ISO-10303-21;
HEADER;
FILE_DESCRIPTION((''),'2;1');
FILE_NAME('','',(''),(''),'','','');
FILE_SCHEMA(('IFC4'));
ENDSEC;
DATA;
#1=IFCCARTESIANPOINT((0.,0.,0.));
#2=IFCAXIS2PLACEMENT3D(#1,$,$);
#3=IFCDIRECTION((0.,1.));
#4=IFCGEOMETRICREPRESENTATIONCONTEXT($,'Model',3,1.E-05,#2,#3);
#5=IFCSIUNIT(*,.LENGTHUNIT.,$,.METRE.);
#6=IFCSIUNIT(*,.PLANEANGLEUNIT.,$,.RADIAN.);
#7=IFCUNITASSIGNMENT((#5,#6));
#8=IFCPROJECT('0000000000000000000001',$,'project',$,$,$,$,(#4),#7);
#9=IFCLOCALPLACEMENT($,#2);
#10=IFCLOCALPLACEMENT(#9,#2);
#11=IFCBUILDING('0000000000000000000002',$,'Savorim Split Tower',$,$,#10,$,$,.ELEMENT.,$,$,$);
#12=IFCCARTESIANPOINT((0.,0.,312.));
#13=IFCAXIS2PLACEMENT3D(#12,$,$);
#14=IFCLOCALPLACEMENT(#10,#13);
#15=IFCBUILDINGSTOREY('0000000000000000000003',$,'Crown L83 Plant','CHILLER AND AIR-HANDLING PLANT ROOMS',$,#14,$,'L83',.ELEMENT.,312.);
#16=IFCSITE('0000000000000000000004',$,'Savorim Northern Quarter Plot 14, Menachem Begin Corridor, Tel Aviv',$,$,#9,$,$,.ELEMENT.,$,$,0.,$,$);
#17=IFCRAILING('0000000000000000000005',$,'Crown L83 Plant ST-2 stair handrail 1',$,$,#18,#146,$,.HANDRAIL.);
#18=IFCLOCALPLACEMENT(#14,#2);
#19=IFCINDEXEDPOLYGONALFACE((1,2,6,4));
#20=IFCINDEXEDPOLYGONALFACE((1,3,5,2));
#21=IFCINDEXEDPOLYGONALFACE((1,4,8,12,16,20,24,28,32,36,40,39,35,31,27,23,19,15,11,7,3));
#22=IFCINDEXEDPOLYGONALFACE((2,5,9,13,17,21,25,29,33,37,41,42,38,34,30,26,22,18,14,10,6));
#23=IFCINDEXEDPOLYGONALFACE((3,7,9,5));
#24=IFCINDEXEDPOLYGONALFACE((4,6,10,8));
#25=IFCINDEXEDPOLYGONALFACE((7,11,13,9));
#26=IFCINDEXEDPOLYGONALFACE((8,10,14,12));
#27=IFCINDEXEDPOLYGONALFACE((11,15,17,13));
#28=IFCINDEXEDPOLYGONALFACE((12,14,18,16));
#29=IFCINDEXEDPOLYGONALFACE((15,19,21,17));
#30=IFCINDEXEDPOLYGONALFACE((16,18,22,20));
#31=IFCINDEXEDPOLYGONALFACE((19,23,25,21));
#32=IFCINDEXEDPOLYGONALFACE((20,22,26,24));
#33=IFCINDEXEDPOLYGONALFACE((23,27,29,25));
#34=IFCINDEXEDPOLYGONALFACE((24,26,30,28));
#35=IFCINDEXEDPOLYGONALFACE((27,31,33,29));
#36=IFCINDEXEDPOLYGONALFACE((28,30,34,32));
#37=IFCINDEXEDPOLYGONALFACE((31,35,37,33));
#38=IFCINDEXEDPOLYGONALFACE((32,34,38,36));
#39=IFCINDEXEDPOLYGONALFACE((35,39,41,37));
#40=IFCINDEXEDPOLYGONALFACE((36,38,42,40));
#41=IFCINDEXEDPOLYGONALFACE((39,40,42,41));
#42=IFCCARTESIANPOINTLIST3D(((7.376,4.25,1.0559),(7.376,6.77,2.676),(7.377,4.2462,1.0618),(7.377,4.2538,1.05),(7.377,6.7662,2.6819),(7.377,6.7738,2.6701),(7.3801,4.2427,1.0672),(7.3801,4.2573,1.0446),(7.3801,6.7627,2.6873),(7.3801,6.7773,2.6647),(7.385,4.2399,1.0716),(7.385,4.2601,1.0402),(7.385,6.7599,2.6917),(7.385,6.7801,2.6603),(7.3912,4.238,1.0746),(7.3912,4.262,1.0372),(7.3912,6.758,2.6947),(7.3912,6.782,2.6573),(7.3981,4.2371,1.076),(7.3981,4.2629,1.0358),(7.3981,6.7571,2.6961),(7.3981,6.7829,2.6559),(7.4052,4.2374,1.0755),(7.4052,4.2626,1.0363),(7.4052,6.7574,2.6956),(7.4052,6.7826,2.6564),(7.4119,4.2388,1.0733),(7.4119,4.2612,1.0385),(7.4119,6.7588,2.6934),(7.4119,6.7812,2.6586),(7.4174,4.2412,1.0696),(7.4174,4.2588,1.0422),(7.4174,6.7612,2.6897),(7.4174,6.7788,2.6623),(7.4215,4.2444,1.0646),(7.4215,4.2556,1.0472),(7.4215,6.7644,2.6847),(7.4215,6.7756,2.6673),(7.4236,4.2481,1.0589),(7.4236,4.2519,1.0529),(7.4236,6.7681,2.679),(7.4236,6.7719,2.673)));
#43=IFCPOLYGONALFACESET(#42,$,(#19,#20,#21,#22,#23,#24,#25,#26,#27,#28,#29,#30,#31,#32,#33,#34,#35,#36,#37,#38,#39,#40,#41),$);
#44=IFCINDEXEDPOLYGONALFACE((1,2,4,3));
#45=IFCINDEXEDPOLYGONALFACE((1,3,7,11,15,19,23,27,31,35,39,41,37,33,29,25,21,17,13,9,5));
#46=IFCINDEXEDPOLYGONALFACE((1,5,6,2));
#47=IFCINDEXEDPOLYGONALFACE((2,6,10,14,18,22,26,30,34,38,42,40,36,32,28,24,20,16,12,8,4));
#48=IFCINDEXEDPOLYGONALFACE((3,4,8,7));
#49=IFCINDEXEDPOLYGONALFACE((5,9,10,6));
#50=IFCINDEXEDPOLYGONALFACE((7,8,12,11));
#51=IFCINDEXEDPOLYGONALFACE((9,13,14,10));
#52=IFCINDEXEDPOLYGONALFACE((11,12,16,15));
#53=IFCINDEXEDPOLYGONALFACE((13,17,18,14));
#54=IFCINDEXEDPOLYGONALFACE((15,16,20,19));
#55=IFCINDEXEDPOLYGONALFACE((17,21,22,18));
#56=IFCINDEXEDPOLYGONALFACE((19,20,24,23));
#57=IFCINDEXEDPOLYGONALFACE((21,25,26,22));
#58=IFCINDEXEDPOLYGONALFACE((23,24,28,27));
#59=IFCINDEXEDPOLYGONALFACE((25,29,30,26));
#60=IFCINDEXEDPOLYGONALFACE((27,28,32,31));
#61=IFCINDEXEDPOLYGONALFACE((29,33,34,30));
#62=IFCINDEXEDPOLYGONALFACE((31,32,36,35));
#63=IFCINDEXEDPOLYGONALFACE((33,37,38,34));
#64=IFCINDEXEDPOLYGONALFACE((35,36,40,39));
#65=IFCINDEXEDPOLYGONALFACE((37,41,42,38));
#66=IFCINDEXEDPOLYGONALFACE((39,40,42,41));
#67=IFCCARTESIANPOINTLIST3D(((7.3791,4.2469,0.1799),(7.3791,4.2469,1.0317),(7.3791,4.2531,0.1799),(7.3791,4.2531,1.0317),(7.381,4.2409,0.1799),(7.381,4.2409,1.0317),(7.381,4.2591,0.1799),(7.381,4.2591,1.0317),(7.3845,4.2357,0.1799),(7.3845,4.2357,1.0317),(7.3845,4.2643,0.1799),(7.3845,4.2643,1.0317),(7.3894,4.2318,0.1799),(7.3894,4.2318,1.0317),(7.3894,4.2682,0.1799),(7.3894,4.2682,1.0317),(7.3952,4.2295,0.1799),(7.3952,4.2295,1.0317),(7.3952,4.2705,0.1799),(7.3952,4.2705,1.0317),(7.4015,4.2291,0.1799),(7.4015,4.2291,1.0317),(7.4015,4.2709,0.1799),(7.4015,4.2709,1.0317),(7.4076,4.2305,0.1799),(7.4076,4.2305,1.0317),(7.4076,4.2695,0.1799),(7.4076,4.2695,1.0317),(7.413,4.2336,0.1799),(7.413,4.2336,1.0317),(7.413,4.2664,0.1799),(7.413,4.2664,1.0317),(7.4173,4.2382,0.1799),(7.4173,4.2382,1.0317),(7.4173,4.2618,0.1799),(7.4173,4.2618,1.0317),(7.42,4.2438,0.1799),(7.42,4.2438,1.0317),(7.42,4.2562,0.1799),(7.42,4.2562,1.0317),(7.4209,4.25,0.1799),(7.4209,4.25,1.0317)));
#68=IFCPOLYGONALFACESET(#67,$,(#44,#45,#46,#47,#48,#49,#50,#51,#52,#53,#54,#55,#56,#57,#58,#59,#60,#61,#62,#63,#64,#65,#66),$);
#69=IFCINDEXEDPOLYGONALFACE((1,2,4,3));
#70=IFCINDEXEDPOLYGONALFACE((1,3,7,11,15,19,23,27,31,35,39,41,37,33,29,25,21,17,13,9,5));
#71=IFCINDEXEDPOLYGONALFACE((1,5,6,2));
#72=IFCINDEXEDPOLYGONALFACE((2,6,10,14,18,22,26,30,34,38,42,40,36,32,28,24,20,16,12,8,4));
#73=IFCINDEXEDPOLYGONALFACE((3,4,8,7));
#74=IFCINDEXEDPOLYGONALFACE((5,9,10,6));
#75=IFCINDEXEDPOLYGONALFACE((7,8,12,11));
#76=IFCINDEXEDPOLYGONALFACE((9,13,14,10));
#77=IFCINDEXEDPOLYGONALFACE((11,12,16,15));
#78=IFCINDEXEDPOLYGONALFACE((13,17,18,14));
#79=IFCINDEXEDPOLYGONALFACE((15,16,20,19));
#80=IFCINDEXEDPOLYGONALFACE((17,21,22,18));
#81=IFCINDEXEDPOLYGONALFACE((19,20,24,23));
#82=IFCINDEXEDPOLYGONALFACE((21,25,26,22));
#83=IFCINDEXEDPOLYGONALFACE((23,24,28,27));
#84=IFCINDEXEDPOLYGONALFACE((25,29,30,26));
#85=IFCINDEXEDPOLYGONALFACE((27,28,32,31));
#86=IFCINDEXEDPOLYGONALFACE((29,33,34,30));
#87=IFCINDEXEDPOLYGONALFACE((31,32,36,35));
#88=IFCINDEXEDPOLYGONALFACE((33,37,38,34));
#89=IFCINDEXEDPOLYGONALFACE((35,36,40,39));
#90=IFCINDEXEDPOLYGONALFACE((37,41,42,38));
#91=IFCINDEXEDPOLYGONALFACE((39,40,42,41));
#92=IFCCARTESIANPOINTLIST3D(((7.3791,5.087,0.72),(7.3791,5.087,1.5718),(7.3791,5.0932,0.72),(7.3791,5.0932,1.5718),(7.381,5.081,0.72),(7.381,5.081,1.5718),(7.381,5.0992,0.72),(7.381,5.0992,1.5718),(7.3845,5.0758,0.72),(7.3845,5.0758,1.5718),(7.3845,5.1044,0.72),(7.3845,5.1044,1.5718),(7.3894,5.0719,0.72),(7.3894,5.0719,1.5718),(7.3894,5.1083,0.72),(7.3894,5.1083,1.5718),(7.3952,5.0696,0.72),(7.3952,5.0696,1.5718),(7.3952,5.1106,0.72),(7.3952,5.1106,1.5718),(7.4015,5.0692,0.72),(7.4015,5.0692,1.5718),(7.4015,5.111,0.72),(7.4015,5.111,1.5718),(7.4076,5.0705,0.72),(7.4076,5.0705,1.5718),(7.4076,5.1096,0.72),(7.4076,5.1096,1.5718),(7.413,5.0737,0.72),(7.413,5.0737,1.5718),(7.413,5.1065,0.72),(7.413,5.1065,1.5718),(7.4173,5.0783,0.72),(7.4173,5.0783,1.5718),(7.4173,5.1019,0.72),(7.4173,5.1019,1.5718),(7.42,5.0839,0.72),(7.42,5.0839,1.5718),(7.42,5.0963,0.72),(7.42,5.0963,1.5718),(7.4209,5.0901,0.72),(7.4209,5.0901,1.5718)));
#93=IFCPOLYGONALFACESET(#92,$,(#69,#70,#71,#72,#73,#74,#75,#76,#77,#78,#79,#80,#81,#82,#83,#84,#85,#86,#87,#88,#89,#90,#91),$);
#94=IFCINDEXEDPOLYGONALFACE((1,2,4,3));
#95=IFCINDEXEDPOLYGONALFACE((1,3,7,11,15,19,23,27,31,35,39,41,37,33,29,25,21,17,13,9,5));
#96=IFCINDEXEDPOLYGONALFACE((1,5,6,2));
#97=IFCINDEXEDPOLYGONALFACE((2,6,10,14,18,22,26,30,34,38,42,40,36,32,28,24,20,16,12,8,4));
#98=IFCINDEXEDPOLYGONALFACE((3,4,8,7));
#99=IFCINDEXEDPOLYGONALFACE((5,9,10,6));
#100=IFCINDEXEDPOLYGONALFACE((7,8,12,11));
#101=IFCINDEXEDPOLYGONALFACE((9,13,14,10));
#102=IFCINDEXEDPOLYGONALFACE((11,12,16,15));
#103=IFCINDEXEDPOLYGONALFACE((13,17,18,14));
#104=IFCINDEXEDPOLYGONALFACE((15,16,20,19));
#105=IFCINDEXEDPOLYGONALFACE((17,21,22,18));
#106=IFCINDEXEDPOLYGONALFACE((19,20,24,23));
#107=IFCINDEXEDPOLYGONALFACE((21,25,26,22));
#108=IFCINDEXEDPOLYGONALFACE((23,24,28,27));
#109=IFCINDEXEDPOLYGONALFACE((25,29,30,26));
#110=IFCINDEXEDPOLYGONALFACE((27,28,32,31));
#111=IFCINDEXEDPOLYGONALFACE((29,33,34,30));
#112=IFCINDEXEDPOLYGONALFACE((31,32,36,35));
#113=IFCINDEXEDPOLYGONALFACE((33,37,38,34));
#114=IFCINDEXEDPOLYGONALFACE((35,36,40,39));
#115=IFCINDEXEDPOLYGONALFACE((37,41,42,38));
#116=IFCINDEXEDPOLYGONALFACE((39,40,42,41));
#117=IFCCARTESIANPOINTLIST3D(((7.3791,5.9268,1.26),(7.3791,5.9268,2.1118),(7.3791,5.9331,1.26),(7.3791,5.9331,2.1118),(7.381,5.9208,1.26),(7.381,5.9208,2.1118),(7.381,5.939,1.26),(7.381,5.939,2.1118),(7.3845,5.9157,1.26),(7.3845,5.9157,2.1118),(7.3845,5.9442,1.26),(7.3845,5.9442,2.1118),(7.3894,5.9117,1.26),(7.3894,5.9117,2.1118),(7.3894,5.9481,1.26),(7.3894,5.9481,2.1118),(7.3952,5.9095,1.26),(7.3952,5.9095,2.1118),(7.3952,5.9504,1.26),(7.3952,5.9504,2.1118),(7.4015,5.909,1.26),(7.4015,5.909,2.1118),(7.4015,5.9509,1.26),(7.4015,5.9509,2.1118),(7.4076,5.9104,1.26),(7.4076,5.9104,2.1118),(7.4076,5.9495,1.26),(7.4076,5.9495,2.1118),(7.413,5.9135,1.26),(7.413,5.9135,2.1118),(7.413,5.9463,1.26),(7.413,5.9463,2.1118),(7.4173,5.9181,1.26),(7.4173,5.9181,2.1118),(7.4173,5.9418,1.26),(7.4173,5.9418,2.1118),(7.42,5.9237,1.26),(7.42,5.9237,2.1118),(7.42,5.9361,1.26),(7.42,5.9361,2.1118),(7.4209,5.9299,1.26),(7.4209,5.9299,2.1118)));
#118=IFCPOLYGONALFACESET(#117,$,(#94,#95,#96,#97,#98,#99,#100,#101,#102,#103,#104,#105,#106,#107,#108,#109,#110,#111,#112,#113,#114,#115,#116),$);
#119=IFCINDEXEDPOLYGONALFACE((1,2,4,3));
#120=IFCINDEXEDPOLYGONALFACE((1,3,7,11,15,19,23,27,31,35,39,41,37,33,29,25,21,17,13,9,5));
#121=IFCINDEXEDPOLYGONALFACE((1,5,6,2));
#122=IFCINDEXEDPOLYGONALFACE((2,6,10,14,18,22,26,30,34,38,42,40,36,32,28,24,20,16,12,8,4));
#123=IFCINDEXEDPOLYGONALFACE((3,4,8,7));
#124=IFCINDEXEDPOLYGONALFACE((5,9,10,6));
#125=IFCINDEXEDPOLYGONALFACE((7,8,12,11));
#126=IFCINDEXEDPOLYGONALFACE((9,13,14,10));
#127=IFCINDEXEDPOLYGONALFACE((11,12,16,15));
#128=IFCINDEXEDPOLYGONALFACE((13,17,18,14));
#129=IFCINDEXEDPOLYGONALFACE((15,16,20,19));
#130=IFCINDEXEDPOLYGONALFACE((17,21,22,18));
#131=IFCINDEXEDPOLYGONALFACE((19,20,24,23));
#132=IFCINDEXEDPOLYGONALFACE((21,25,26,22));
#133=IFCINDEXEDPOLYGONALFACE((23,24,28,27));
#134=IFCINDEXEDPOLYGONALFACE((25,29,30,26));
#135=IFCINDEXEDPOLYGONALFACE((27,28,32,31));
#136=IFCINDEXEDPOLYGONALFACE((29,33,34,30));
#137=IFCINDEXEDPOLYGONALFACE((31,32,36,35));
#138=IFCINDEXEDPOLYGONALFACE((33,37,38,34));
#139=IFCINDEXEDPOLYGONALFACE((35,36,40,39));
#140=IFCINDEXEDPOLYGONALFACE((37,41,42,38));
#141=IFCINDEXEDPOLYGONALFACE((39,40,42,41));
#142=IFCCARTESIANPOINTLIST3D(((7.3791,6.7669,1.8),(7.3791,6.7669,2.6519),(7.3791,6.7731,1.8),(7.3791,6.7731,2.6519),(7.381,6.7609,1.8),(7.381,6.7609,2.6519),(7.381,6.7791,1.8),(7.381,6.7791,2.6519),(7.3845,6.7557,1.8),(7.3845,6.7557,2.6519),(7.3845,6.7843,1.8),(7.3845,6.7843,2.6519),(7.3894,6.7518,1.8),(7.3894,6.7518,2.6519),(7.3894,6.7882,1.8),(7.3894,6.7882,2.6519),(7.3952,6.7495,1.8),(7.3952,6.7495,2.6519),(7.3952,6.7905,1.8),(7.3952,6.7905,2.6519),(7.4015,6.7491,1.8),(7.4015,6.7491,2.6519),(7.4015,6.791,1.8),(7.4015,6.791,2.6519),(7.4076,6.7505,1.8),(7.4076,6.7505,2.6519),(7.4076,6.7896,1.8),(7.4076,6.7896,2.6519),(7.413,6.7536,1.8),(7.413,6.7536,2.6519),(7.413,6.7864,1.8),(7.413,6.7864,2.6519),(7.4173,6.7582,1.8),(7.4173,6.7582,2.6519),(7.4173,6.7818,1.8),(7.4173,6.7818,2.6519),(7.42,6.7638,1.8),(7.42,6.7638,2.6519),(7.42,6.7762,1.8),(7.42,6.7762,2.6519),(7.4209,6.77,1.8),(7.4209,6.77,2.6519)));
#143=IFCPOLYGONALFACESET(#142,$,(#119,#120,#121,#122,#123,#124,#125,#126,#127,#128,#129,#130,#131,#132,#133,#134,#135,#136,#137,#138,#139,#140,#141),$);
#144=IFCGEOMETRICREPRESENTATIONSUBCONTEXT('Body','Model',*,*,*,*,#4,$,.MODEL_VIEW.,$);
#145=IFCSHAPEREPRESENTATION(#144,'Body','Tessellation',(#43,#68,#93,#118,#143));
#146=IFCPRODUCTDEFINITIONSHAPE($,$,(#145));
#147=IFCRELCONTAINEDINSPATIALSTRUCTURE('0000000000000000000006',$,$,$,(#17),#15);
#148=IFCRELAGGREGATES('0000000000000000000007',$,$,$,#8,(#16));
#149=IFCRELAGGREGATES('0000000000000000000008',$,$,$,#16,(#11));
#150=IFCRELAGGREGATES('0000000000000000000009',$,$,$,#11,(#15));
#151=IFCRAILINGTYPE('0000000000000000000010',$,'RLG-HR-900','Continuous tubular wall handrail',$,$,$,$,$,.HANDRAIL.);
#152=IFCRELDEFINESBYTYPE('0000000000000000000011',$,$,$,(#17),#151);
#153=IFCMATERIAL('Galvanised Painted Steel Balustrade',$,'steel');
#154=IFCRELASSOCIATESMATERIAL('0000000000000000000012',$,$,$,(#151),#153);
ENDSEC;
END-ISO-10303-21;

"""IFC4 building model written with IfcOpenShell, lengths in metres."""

from ifc_helpers import new_model, si_unit, direction, frame, origin, origin_2d, place, context, subcontext, project, spatial, circle, extrude, material, type_object, element, save


model = new_model("IFC4")

# Units and contexts
model_context = context("Model", 3, precision=1e-05, world=origin(), true_north=direction((0.0, 1.0)))
body_context = subcontext(model_context, "Body", "Model", "MODEL_VIEW")
ifc_project = project(units=[si_unit("LENGTHUNIT", "METRE"), si_unit("PLANEANGLEUNIT", "RADIAN")], contexts=[model_context])

# Site, building, storey
site_placement = place(None, origin())
site = spatial("IfcSite", under=ifc_project, at=site_placement, Name="Savorim Northern Quarter Plot 14, Menachem Begin Corridor, Tel Aviv", CompositionType="ELEMENT", RefElevation=0.0)
building_placement = place(site_placement, origin())
building = spatial("IfcBuilding", under=site, at=building_placement, Name="Savorim Split Tower", CompositionType="ELEMENT")
storey_placement = place(building_placement, frame((0.0, 0.0, 312.0)))
storey = spatial("IfcBuildingStorey", under=building, at=storey_placement, Name="Crown L83 Plant", Description="CHILLER AND AIR-HANDLING PLANT ROOMS", LongName="L83", CompositionType="ELEMENT", Elevation=312.0)

# Railing
ifc_material_1 = material(Name="Galvanised Painted Steel Balustrade", Category="steel")
railing_type_1 = type_object("IfcRailingType", Name="RLG-HR-900", Description="Continuous tubular wall handrail", PredefinedType="HANDRAIL", material=ifc_material_1)
railing_1_placement = place(storey_placement, frame((7.3999, 4.25, 0.1799)))
element("IfcRailing", 1, at=railing_1_placement, inside=storey, type_object=railing_type_1, Name="Crown L83 Plant ST-2 stair handrail 1", PredefinedType="HANDRAIL", context=body_context, shape_type="SweptSolid", body=[
    extrude(circle(Radius=0.0239, at=origin_2d()), frame((0.0, 0.0, 0.876), z_axis=(0.0, 0.841163, 0.540782), x_axis=(-1.0, 0.0, 0.0)), (0.0, 0.0, 1.0), 2.9958),
    extrude(circle(Radius=0.021, at=origin_2d()), origin(), (0.0, 0.0, 1.0), 0.8518),
    extrude(circle(Radius=0.021, at=origin_2d()), frame((0.0, 0.8401, 0.54)), (0.0, 0.0, 1.0), 0.8518),
    extrude(circle(Radius=0.021, at=origin_2d()), frame((0.0, 1.6799, 1.0801)), (0.0, 0.0, 1.0), 0.8518),
    extrude(circle(Radius=0.021, at=origin_2d()), frame((0.0, 2.52, 1.6201)), (0.0, 0.0, 1.0), 0.8518),
])

save(model, "model.ifc")
